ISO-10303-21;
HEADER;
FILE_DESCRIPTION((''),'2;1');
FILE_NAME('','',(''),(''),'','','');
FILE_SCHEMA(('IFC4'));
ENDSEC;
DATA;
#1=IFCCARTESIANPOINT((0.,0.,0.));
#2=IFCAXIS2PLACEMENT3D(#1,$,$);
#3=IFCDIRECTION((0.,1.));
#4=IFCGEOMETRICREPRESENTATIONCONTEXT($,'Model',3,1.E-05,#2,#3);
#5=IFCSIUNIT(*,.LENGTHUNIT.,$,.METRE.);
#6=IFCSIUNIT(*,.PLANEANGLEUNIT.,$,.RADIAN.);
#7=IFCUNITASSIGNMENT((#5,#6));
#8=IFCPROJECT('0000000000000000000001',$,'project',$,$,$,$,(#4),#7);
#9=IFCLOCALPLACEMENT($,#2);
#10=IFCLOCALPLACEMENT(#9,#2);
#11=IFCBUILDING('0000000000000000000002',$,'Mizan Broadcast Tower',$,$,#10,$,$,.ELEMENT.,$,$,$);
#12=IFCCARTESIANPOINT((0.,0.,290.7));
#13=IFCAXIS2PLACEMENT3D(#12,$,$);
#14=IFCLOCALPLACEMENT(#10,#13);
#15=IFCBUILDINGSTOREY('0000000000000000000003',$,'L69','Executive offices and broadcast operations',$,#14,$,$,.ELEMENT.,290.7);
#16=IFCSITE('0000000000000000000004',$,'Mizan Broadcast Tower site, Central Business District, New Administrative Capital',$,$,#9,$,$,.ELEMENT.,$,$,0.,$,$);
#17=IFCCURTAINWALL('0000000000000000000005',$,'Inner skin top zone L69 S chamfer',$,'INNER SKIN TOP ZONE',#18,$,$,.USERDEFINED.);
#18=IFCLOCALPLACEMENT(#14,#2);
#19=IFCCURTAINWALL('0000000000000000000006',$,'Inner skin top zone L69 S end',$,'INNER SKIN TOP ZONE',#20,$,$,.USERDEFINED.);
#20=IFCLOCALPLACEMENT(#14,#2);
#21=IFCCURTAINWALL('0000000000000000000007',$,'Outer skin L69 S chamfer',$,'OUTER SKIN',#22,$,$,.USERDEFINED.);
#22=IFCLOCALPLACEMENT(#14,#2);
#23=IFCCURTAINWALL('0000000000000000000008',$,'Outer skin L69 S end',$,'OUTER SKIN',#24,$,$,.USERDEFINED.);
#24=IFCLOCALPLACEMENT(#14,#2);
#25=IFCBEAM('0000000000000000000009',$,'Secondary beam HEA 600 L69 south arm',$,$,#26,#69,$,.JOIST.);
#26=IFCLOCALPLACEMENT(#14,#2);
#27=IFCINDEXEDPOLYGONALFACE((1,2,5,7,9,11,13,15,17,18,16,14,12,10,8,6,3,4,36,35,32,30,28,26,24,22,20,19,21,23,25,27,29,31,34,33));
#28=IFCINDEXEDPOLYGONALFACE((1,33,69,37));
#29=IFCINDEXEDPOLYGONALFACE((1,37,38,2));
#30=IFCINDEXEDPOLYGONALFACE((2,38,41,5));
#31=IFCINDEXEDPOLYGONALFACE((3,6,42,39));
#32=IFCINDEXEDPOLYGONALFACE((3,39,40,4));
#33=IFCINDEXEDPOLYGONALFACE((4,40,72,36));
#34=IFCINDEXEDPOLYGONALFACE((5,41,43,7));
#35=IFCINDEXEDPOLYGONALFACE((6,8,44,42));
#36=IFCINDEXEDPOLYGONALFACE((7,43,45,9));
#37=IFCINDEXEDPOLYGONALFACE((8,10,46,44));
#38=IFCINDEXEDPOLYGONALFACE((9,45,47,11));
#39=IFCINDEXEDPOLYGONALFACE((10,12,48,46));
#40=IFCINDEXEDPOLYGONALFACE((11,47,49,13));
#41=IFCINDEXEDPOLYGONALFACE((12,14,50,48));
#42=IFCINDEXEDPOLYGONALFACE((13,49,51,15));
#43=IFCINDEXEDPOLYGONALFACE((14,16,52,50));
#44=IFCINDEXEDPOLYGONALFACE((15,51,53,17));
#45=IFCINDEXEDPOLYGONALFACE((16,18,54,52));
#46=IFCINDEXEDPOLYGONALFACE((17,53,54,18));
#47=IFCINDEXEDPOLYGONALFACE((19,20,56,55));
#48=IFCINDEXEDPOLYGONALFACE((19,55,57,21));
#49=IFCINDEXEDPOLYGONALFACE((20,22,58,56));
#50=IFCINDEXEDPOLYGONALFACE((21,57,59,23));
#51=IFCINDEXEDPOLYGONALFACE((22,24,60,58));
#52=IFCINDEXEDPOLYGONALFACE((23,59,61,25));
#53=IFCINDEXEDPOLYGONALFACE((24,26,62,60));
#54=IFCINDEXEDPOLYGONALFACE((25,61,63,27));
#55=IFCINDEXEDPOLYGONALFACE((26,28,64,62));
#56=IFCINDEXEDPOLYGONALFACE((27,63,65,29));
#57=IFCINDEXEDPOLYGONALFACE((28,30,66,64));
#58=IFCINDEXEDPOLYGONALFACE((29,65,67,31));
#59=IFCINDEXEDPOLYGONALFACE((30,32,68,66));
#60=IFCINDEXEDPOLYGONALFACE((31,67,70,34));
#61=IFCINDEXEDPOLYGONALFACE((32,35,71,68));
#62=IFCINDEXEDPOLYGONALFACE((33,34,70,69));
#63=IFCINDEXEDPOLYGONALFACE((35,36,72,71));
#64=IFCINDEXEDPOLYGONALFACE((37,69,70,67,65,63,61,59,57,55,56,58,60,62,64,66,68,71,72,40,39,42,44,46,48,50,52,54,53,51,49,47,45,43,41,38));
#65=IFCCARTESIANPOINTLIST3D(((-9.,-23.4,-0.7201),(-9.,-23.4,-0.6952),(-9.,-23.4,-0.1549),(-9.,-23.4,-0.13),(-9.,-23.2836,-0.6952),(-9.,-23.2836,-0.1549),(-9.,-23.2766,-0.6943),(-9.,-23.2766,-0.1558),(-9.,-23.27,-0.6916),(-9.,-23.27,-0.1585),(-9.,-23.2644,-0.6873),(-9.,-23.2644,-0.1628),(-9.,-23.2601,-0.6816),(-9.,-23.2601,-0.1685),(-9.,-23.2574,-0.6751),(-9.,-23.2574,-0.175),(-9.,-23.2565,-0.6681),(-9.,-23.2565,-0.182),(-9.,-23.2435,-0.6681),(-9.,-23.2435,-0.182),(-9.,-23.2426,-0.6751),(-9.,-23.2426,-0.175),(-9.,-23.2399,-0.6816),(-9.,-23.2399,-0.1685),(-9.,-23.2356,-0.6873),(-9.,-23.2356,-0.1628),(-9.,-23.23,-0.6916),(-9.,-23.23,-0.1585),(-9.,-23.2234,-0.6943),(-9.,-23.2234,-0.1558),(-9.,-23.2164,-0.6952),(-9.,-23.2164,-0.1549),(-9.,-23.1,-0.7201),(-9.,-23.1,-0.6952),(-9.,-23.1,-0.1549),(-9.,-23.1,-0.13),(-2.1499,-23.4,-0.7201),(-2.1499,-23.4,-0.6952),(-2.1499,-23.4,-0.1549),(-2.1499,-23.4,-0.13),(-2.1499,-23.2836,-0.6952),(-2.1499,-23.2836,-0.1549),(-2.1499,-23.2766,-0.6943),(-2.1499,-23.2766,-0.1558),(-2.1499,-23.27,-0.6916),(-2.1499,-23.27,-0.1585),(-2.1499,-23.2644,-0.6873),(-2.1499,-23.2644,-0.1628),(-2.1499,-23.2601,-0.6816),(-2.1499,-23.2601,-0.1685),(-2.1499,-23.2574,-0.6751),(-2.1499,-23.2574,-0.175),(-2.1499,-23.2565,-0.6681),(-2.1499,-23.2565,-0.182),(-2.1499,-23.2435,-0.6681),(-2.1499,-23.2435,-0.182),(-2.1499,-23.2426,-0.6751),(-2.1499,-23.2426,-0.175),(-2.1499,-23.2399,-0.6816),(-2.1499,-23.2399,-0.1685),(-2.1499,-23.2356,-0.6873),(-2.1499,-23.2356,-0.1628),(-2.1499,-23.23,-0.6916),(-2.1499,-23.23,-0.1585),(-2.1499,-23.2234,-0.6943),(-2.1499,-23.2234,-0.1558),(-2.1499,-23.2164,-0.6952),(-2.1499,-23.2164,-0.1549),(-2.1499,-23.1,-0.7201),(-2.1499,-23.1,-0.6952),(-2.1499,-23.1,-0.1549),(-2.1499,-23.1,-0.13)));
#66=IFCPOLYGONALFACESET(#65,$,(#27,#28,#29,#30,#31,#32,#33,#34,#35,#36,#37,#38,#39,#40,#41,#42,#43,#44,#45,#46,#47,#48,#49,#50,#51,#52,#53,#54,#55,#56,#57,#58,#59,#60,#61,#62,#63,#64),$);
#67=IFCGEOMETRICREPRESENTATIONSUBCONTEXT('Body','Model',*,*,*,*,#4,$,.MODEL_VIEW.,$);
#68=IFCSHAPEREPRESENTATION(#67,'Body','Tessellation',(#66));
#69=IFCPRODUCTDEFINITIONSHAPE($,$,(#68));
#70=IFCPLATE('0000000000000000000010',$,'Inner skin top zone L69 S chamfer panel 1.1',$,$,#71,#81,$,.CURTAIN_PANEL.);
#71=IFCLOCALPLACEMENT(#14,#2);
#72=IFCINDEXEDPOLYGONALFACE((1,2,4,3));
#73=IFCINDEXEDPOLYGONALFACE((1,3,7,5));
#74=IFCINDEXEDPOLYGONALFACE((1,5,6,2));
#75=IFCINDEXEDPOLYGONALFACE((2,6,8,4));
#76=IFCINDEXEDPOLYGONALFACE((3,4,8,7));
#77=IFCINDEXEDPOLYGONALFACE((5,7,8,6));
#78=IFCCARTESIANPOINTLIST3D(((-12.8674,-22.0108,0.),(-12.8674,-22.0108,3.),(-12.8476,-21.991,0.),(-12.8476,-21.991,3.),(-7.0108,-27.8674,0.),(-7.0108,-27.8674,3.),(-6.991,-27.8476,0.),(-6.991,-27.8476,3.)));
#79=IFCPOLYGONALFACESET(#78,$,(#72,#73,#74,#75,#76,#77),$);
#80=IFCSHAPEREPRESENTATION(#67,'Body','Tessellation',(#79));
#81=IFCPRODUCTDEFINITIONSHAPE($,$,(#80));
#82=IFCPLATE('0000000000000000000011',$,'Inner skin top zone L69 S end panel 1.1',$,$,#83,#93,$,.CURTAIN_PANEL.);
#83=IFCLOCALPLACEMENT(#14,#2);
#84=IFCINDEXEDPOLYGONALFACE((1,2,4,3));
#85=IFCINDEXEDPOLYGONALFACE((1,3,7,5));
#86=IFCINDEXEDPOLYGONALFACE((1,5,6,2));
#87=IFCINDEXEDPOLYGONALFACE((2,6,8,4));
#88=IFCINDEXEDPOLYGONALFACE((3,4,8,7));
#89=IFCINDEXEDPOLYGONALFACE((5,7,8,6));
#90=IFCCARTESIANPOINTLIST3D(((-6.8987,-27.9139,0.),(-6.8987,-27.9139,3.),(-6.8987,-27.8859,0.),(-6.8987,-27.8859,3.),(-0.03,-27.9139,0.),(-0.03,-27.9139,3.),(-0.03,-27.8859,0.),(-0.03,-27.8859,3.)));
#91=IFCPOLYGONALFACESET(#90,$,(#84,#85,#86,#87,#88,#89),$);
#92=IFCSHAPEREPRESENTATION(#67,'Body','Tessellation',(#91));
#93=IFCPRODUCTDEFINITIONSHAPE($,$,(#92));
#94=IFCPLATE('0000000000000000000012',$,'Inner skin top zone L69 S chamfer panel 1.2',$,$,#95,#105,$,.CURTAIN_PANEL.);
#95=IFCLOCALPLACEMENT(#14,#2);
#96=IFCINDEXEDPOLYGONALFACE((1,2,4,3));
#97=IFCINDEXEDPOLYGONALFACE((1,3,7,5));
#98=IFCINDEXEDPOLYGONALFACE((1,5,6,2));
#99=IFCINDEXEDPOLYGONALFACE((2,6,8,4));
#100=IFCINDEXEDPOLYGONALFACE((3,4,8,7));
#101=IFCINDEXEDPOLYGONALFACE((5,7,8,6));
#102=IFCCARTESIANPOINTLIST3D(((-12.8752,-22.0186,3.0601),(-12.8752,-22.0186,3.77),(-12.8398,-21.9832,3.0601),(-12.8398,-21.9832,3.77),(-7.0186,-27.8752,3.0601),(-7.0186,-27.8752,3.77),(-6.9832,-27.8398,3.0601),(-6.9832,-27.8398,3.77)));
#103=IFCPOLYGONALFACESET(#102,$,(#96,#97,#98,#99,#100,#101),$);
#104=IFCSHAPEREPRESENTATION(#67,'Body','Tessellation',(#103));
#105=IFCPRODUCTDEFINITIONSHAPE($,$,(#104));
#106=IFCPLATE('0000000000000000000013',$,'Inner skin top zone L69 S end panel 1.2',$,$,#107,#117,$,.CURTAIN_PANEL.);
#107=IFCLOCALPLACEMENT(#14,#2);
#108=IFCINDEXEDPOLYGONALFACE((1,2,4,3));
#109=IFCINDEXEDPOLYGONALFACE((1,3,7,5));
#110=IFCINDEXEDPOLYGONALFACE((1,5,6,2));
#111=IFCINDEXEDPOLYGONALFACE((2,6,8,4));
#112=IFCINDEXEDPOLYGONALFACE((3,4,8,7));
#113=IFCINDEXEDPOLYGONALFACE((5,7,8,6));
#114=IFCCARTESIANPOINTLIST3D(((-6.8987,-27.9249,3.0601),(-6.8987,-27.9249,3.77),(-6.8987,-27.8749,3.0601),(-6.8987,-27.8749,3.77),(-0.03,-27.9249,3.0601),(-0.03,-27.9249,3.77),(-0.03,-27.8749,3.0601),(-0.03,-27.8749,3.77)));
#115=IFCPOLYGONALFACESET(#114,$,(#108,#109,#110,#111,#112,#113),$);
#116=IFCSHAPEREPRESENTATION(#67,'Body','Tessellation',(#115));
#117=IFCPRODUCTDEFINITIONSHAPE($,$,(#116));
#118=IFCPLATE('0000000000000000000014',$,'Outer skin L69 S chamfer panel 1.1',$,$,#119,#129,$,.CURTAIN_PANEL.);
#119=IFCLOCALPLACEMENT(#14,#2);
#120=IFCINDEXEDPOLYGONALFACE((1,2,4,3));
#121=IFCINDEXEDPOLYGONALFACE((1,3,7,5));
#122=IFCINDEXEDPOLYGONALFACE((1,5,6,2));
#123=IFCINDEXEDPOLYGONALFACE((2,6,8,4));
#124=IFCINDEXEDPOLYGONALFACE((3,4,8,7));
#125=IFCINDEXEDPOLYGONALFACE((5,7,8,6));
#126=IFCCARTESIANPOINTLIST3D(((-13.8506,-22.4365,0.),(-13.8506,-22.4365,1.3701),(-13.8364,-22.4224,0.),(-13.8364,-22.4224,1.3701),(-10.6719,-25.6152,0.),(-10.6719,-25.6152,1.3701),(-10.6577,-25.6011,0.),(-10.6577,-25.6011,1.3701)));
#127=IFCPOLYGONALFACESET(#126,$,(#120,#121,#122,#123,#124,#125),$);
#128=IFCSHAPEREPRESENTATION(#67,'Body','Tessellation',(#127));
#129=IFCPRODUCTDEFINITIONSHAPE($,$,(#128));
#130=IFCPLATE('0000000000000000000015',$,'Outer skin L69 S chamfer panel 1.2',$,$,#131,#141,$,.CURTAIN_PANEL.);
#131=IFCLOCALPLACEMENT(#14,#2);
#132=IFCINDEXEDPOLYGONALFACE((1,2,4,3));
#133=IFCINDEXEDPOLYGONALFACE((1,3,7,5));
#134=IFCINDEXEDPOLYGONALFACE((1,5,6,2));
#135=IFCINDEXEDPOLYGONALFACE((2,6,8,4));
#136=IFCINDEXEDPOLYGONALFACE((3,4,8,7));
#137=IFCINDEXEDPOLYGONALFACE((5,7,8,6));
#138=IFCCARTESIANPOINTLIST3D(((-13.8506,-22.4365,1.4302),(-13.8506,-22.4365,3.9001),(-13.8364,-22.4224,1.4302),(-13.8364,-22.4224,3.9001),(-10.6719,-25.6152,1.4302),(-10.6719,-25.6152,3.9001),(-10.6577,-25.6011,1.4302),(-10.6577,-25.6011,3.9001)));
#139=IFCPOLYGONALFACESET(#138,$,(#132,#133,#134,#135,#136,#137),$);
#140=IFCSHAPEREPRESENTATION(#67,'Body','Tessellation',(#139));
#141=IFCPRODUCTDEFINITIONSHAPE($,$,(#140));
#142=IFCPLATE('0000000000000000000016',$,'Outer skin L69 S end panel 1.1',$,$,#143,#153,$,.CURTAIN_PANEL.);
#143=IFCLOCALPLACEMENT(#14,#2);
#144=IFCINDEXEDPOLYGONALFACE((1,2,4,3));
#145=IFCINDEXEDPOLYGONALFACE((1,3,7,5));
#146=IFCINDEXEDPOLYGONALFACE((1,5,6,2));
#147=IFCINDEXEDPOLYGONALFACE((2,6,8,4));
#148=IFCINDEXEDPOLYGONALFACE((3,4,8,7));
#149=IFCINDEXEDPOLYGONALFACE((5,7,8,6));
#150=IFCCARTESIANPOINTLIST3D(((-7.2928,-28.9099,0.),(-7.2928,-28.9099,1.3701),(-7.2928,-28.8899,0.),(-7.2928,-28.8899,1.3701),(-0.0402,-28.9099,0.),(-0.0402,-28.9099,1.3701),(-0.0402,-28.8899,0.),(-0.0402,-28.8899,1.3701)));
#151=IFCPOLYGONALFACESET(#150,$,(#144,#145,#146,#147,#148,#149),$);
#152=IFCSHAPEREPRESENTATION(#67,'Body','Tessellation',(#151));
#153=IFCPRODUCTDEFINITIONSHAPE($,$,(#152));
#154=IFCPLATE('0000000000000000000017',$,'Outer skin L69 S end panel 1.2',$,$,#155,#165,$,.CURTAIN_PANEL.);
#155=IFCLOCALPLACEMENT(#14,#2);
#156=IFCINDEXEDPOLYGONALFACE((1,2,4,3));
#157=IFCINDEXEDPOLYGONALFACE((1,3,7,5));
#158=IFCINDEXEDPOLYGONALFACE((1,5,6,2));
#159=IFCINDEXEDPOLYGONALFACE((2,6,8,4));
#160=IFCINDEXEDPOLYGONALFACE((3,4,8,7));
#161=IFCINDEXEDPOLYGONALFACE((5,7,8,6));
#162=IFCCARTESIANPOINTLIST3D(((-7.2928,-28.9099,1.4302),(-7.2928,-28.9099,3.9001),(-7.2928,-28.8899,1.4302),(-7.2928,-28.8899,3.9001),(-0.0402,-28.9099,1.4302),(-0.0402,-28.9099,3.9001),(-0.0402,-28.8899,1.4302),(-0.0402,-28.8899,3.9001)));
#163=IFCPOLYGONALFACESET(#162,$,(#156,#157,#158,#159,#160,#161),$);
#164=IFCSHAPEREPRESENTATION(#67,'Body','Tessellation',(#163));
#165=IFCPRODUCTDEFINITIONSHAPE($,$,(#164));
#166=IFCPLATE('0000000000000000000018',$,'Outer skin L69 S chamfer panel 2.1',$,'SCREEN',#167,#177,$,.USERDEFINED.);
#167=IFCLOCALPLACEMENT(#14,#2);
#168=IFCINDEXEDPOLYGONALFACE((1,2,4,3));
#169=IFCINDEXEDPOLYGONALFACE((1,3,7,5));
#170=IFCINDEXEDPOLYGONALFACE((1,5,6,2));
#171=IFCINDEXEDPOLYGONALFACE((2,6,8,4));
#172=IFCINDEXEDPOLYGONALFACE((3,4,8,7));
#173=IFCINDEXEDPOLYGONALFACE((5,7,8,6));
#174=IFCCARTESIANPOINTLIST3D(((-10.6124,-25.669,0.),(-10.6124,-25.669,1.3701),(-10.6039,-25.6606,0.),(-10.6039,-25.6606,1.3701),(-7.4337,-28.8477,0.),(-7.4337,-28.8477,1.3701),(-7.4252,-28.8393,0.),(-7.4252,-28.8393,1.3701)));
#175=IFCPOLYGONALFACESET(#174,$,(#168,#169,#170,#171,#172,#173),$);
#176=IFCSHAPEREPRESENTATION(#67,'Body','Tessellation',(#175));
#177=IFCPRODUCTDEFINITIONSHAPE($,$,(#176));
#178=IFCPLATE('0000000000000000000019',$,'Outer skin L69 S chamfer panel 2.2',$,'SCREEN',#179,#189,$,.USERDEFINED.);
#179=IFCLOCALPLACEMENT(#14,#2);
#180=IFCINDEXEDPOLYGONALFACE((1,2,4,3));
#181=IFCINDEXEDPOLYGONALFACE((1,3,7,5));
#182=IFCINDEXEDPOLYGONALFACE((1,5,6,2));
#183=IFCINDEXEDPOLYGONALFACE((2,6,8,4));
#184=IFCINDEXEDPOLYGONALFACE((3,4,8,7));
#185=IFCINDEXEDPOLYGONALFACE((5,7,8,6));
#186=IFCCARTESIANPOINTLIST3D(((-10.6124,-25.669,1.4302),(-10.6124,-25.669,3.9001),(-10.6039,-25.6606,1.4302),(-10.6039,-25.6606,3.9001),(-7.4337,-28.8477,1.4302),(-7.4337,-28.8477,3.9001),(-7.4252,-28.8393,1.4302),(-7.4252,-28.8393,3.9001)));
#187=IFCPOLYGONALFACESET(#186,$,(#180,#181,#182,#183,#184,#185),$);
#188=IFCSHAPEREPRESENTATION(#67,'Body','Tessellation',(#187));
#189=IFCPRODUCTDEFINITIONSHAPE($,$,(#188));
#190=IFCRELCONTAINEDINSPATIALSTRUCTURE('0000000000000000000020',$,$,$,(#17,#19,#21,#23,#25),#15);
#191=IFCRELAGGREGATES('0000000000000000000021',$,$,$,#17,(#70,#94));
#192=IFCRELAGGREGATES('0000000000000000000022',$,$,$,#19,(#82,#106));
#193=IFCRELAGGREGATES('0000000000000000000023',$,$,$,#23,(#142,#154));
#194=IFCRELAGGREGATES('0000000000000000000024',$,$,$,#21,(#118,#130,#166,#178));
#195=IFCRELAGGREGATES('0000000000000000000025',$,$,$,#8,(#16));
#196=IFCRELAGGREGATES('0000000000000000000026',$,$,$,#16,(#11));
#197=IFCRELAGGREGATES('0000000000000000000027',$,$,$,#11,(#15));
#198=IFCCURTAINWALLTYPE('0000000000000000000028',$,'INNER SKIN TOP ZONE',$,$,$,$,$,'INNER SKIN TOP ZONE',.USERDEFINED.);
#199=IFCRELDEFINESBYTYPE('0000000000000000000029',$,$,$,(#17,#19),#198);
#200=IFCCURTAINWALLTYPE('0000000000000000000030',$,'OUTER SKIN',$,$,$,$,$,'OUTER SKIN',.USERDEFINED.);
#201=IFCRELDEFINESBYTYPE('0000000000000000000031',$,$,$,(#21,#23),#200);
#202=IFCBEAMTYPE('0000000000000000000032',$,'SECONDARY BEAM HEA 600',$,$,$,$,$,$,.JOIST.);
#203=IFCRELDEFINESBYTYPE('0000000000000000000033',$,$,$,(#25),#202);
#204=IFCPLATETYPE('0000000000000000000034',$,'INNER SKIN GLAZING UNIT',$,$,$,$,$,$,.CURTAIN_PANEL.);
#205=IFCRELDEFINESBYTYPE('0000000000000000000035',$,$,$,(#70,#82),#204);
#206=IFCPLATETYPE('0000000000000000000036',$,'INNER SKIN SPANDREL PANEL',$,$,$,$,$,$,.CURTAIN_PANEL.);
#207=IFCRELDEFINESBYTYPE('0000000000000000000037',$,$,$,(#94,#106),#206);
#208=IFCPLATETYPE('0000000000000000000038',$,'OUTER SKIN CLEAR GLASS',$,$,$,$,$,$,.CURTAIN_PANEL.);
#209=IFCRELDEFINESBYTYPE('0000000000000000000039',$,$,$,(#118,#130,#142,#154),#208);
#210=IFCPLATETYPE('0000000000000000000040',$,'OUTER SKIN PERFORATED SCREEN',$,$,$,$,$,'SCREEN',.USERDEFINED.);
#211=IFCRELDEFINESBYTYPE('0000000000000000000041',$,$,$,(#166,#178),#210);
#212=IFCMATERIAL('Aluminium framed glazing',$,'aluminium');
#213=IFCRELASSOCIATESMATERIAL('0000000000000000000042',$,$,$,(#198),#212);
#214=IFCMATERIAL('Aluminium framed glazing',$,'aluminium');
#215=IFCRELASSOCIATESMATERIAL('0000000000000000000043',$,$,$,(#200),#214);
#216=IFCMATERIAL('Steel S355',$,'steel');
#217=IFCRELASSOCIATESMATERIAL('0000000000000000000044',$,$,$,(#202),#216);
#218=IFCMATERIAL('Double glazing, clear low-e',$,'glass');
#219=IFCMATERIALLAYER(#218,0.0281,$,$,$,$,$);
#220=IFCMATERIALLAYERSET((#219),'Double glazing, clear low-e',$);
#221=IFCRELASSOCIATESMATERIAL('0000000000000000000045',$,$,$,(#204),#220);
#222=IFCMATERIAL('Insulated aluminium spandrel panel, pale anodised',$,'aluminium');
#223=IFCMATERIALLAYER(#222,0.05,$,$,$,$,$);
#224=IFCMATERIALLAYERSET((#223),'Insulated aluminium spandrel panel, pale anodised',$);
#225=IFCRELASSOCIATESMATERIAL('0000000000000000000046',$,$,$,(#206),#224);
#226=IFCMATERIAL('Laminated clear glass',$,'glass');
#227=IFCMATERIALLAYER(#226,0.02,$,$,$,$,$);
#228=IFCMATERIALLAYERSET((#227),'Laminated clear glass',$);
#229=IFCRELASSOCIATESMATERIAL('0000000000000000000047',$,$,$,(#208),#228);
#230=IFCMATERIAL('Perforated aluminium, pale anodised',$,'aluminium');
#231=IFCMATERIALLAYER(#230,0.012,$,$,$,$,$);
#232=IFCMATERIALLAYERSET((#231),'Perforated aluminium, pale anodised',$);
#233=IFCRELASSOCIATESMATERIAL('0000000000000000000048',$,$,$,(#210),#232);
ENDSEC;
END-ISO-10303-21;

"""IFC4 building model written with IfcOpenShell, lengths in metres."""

from ifc_helpers import new_model, si_unit, direction, frame, origin, origin_2d, place, context, subcontext, project, spatial, rectangle, i_section, extrude, material, layer, layer_set, material_profile, profile_set, type_object, element, aggregate, save


model = new_model("IFC4")

# Units and contexts
model_context = context("Model", 3, precision=1e-05, world=origin(), true_north=direction((0.0, 1.0)))
body_context = subcontext(model_context, "Body", "Model", "MODEL_VIEW")
ifc_project = project(units=[si_unit("LENGTHUNIT", "METRE"), si_unit("PLANEANGLEUNIT", "RADIAN")], contexts=[model_context])

# Site, building, storey
site_placement = place(None, origin())
site = spatial("IfcSite", under=ifc_project, at=site_placement, Name="Mizan Broadcast Tower site, Central Business District, New Administrative Capital", CompositionType="ELEMENT", RefElevation=0.0)
building_placement = place(site_placement, origin())
building = spatial("IfcBuilding", under=site, at=building_placement, Name="Mizan Broadcast Tower", CompositionType="ELEMENT")
storey_placement = place(building_placement, frame((0.0, 0.0, 290.7)))
storey = spatial("IfcBuildingStorey", under=building, at=storey_placement, Name="L69", Description="Executive offices and broadcast operations", CompositionType="ELEMENT", Elevation=290.7)

# Curtain walls
ifc_material_1 = material(Name="Aluminium framed glazing", Category="aluminium")
curtain_wall_type_1 = type_object("IfcCurtainWallType", Name="INNER SKIN TOP ZONE", ElementType="INNER SKIN TOP ZONE", PredefinedType="USERDEFINED", material=ifc_material_1)
curtain_wall_1_placement = place(storey_placement, origin())
curtain_wall_1 = element("IfcCurtainWall", 1, at=curtain_wall_1_placement, inside=storey, type_object=curtain_wall_type_1, Name="Inner skin top zone L69 S chamfer", ObjectType="INNER SKIN TOP ZONE", PredefinedType="USERDEFINED")
curtain_wall_2_placement = place(storey_placement, origin())
curtain_wall_2 = element("IfcCurtainWall", 2, at=curtain_wall_2_placement, inside=storey, type_object=curtain_wall_type_1, Name="Inner skin top zone L69 S end", ObjectType="INNER SKIN TOP ZONE", PredefinedType="USERDEFINED")

# Curtain wall
ifc_material_2 = material(Name="Aluminium framed glazing", Category="aluminium")
curtain_wall_type_2 = type_object("IfcCurtainWallType", Name="OUTER SKIN", ElementType="OUTER SKIN", PredefinedType="USERDEFINED", material=ifc_material_2)
curtain_wall_3_placement = place(storey_placement, origin())
curtain_wall_3 = element("IfcCurtainWall", 3, at=curtain_wall_3_placement, inside=storey, type_object=curtain_wall_type_2, Name="Outer skin L69 S chamfer", ObjectType="OUTER SKIN", PredefinedType="USERDEFINED")

# Curtain wall
curtain_wall_4_placement = place(storey_placement, origin())
curtain_wall_4 = element("IfcCurtainWall", 4, at=curtain_wall_4_placement, inside=storey, type_object=curtain_wall_type_2, Name="Outer skin L69 S end", ObjectType="OUTER SKIN", PredefinedType="USERDEFINED")

# Beam
ifc_material_3 = material(Name="Steel S355", Category="steel")
ifc_material_profile_1 = material_profile(ifc_material_3, i_section(OverallWidth=0.3, OverallDepth=0.5901, WebThickness=0.0129, FlangeThickness=0.0249, FilletRadius=0.0271, at=origin_2d()), Name="HEA 600")
ifc_profile_set_1 = profile_set([ifc_material_profile_1], Name="Steel S355")
beam_type_1 = type_object("IfcBeamType", Name="SECONDARY BEAM HEA 600", PredefinedType="JOIST", material=ifc_profile_set_1)
beam_1_placement = place(storey_placement, frame((-9.0, -23.25, -0.425), z_axis=(1.0, 0.0, 0.0), x_axis=(0.0, 1.0, 0.0)))
element("IfcBeam", 5, at=beam_1_placement, inside=storey, type_object=beam_type_1, Name="Secondary beam HEA 600 L69 south arm", PredefinedType="JOIST", context=body_context, shape_type="SweptSolid", body=[
    extrude(i_section(OverallWidth=0.3, OverallDepth=0.5901, WebThickness=0.0129, FlangeThickness=0.0249, FilletRadius=0.0271, at=origin_2d()), origin(), (0.0, 0.0, 1.0), 6.8501),
])

# Plates
ifc_material_4 = material(Name="Double glazing, clear low-e", Category="glass")
ifc_layer_1 = layer(ifc_material_4, 0.0281)
ifc_layer_set_1 = layer_set([ifc_layer_1], Name="Double glazing, clear low-e")
plate_type_1 = type_object("IfcPlateType", Name="INNER SKIN GLAZING UNIT", PredefinedType="CURTAIN_PANEL", material=ifc_layer_set_1)
plate_1_placement = place(storey_placement, frame((-9.9292, -24.9292, 0.0), z_axis=(0.0, 0.0, 1.0), x_axis=(0.707107, -0.707107, 0.0)))
plate_1 = element("IfcPlate", 6, at=plate_1_placement, type_object=plate_type_1, Name="Inner skin top zone L69 S chamfer panel 1.1", PredefinedType="CURTAIN_PANEL", context=body_context, shape_type="SweptSolid", body=[
    extrude(rectangle(XDim=8.2825, YDim=0.0281, at=origin_2d()), origin(), (0.0, 0.0, 1.0), 3.0),
])
plate_2_placement = place(storey_placement, frame((-3.4644, -27.8999, 0.0), z_axis=(0.0, 0.0, 1.0), x_axis=(1.0, 0.0, 0.0)))
plate_2 = element("IfcPlate", 7, at=plate_2_placement, type_object=plate_type_1, Name="Inner skin top zone L69 S end panel 1.1", PredefinedType="CURTAIN_PANEL", context=body_context, shape_type="SweptSolid", body=[
    extrude(rectangle(XDim=6.8687, YDim=0.0281, at=origin_2d()), origin(), (0.0, 0.0, 1.0), 3.0),
])
ifc_material_5 = material(Name="Insulated aluminium spandrel panel, pale anodised", Category="aluminium")
ifc_layer_2 = layer(ifc_material_5, 0.05)
ifc_layer_set_2 = layer_set([ifc_layer_2], Name="Insulated aluminium spandrel panel, pale anodised")
plate_type_2 = type_object("IfcPlateType", Name="INNER SKIN SPANDREL PANEL", PredefinedType="CURTAIN_PANEL", material=ifc_layer_set_2)
plate_3_placement = place(storey_placement, frame((-9.9292, -24.9292, 3.0601), z_axis=(0.0, 0.0, 1.0), x_axis=(0.707107, -0.707107, 0.0)))
plate_3 = element("IfcPlate", 8, at=plate_3_placement, type_object=plate_type_2, Name="Inner skin top zone L69 S chamfer panel 1.2", PredefinedType="CURTAIN_PANEL", context=body_context, shape_type="SweptSolid", body=[
    extrude(rectangle(XDim=8.2825, YDim=0.05, at=origin_2d()), origin(), (0.0, 0.0, 1.0), 0.71),
])
aggregate(curtain_wall_1, [plate_1, plate_3])
plate_4_placement = place(storey_placement, frame((-3.4644, -27.8999, 3.0601), z_axis=(0.0, 0.0, 1.0), x_axis=(1.0, 0.0, 0.0)))
plate_4 = element("IfcPlate", 9, at=plate_4_placement, type_object=plate_type_2, Name="Inner skin top zone L69 S end panel 1.2", PredefinedType="CURTAIN_PANEL", context=body_context, shape_type="SweptSolid", body=[
    extrude(rectangle(XDim=6.8687, YDim=0.05, at=origin_2d()), origin(), (0.0, 0.0, 1.0), 0.71),
])
aggregate(curtain_wall_2, [plate_2, plate_4])
ifc_material_6 = material(Name="Laminated clear glass", Category="glass")
ifc_layer_3 = layer(ifc_material_6, 0.02)
ifc_layer_set_3 = layer_set([ifc_layer_3], Name="Laminated clear glass")
plate_type_3 = type_object("IfcPlateType", Name="OUTER SKIN CLEAR GLASS", PredefinedType="CURTAIN_PANEL", material=ifc_layer_set_3)
plate_5_placement = place(storey_placement, frame((-12.2542, -24.0188, 0.0), z_axis=(0.0, 0.0, 1.0), x_axis=(0.707107, -0.707107, 0.0)))
plate_5 = element("IfcPlate", 10, at=plate_5_placement, type_object=plate_type_3, Name="Outer skin L69 S chamfer panel 1.1", PredefinedType="CURTAIN_PANEL", context=body_context, shape_type="SweptSolid", body=[
    extrude(rectangle(XDim=4.4954, YDim=0.02, at=origin_2d()), origin(), (0.0, 0.0, 1.0), 1.3701),
])
plate_6_placement = place(storey_placement, frame((-12.2542, -24.0188, 1.4302), z_axis=(0.0, 0.0, 1.0), x_axis=(0.707107, -0.707107, 0.0)))
plate_6 = element("IfcPlate", 11, at=plate_6_placement, type_object=plate_type_3, Name="Outer skin L69 S chamfer panel 1.2", PredefinedType="CURTAIN_PANEL", context=body_context, shape_type="SweptSolid", body=[
    extrude(rectangle(XDim=4.4954, YDim=0.02, at=origin_2d()), origin(), (0.0, 0.0, 1.0), 2.47),
])
plate_7_placement = place(storey_placement, frame((-3.6665, -28.8999, 0.0), z_axis=(0.0, 0.0, 1.0), x_axis=(1.0, 0.0, 0.0)))
plate_7 = element("IfcPlate", 12, at=plate_7_placement, type_object=plate_type_3, Name="Outer skin L69 S end panel 1.1", PredefinedType="CURTAIN_PANEL", context=body_context, shape_type="SweptSolid", body=[
    extrude(rectangle(XDim=7.2527, YDim=0.02, at=origin_2d()), origin(), (0.0, 0.0, 1.0), 1.3701),
])
plate_8_placement = place(storey_placement, frame((-3.6665, -28.8999, 1.4302), z_axis=(0.0, 0.0, 1.0), x_axis=(1.0, 0.0, 0.0)))
plate_8 = element("IfcPlate", 13, at=plate_8_placement, type_object=plate_type_3, Name="Outer skin L69 S end panel 1.2", PredefinedType="CURTAIN_PANEL", context=body_context, shape_type="SweptSolid", body=[
    extrude(rectangle(XDim=7.2527, YDim=0.02, at=origin_2d()), origin(), (0.0, 0.0, 1.0), 2.47),
])
aggregate(curtain_wall_4, [plate_7, plate_8])
ifc_material_7 = material(Name="Perforated aluminium, pale anodised", Category="aluminium")
ifc_layer_4 = layer(ifc_material_7, 0.012)
ifc_layer_set_4 = layer_set([ifc_layer_4], Name="Perforated aluminium, pale anodised")
plate_type_4 = type_object("IfcPlateType", Name="OUTER SKIN PERFORATED SCREEN", ElementType="SCREEN", PredefinedType="USERDEFINED", material=ifc_layer_set_4)
plate_9_placement = place(storey_placement, frame((-9.0188, -27.2542, 0.0), z_axis=(0.0, 0.0, 1.0), x_axis=(0.707107, -0.707107, 0.0)))
plate_9 = element("IfcPlate", 14, at=plate_9_placement, type_object=plate_type_4, Name="Outer skin L69 S chamfer panel 2.1", ObjectType="SCREEN", PredefinedType="USERDEFINED", context=body_context, shape_type="SweptSolid", body=[
    extrude(rectangle(XDim=4.4954, YDim=0.012, at=origin_2d()), origin(), (0.0, 0.0, 1.0), 1.3701),
])
plate_10_placement = place(storey_placement, frame((-9.0188, -27.2542, 1.4302), z_axis=(0.0, 0.0, 1.0), x_axis=(0.707107, -0.707107, 0.0)))
plate_10 = element("IfcPlate", 15, at=plate_10_placement, type_object=plate_type_4, Name="Outer skin L69 S chamfer panel 2.2", ObjectType="SCREEN", PredefinedType="USERDEFINED", context=body_context, shape_type="SweptSolid", body=[
    extrude(rectangle(XDim=4.4954, YDim=0.012, at=origin_2d()), origin(), (0.0, 0.0, 1.0), 2.47),
])
aggregate(curtain_wall_3, [plate_5, plate_6, plate_9, plate_10])

save(model, "model.ifc")
